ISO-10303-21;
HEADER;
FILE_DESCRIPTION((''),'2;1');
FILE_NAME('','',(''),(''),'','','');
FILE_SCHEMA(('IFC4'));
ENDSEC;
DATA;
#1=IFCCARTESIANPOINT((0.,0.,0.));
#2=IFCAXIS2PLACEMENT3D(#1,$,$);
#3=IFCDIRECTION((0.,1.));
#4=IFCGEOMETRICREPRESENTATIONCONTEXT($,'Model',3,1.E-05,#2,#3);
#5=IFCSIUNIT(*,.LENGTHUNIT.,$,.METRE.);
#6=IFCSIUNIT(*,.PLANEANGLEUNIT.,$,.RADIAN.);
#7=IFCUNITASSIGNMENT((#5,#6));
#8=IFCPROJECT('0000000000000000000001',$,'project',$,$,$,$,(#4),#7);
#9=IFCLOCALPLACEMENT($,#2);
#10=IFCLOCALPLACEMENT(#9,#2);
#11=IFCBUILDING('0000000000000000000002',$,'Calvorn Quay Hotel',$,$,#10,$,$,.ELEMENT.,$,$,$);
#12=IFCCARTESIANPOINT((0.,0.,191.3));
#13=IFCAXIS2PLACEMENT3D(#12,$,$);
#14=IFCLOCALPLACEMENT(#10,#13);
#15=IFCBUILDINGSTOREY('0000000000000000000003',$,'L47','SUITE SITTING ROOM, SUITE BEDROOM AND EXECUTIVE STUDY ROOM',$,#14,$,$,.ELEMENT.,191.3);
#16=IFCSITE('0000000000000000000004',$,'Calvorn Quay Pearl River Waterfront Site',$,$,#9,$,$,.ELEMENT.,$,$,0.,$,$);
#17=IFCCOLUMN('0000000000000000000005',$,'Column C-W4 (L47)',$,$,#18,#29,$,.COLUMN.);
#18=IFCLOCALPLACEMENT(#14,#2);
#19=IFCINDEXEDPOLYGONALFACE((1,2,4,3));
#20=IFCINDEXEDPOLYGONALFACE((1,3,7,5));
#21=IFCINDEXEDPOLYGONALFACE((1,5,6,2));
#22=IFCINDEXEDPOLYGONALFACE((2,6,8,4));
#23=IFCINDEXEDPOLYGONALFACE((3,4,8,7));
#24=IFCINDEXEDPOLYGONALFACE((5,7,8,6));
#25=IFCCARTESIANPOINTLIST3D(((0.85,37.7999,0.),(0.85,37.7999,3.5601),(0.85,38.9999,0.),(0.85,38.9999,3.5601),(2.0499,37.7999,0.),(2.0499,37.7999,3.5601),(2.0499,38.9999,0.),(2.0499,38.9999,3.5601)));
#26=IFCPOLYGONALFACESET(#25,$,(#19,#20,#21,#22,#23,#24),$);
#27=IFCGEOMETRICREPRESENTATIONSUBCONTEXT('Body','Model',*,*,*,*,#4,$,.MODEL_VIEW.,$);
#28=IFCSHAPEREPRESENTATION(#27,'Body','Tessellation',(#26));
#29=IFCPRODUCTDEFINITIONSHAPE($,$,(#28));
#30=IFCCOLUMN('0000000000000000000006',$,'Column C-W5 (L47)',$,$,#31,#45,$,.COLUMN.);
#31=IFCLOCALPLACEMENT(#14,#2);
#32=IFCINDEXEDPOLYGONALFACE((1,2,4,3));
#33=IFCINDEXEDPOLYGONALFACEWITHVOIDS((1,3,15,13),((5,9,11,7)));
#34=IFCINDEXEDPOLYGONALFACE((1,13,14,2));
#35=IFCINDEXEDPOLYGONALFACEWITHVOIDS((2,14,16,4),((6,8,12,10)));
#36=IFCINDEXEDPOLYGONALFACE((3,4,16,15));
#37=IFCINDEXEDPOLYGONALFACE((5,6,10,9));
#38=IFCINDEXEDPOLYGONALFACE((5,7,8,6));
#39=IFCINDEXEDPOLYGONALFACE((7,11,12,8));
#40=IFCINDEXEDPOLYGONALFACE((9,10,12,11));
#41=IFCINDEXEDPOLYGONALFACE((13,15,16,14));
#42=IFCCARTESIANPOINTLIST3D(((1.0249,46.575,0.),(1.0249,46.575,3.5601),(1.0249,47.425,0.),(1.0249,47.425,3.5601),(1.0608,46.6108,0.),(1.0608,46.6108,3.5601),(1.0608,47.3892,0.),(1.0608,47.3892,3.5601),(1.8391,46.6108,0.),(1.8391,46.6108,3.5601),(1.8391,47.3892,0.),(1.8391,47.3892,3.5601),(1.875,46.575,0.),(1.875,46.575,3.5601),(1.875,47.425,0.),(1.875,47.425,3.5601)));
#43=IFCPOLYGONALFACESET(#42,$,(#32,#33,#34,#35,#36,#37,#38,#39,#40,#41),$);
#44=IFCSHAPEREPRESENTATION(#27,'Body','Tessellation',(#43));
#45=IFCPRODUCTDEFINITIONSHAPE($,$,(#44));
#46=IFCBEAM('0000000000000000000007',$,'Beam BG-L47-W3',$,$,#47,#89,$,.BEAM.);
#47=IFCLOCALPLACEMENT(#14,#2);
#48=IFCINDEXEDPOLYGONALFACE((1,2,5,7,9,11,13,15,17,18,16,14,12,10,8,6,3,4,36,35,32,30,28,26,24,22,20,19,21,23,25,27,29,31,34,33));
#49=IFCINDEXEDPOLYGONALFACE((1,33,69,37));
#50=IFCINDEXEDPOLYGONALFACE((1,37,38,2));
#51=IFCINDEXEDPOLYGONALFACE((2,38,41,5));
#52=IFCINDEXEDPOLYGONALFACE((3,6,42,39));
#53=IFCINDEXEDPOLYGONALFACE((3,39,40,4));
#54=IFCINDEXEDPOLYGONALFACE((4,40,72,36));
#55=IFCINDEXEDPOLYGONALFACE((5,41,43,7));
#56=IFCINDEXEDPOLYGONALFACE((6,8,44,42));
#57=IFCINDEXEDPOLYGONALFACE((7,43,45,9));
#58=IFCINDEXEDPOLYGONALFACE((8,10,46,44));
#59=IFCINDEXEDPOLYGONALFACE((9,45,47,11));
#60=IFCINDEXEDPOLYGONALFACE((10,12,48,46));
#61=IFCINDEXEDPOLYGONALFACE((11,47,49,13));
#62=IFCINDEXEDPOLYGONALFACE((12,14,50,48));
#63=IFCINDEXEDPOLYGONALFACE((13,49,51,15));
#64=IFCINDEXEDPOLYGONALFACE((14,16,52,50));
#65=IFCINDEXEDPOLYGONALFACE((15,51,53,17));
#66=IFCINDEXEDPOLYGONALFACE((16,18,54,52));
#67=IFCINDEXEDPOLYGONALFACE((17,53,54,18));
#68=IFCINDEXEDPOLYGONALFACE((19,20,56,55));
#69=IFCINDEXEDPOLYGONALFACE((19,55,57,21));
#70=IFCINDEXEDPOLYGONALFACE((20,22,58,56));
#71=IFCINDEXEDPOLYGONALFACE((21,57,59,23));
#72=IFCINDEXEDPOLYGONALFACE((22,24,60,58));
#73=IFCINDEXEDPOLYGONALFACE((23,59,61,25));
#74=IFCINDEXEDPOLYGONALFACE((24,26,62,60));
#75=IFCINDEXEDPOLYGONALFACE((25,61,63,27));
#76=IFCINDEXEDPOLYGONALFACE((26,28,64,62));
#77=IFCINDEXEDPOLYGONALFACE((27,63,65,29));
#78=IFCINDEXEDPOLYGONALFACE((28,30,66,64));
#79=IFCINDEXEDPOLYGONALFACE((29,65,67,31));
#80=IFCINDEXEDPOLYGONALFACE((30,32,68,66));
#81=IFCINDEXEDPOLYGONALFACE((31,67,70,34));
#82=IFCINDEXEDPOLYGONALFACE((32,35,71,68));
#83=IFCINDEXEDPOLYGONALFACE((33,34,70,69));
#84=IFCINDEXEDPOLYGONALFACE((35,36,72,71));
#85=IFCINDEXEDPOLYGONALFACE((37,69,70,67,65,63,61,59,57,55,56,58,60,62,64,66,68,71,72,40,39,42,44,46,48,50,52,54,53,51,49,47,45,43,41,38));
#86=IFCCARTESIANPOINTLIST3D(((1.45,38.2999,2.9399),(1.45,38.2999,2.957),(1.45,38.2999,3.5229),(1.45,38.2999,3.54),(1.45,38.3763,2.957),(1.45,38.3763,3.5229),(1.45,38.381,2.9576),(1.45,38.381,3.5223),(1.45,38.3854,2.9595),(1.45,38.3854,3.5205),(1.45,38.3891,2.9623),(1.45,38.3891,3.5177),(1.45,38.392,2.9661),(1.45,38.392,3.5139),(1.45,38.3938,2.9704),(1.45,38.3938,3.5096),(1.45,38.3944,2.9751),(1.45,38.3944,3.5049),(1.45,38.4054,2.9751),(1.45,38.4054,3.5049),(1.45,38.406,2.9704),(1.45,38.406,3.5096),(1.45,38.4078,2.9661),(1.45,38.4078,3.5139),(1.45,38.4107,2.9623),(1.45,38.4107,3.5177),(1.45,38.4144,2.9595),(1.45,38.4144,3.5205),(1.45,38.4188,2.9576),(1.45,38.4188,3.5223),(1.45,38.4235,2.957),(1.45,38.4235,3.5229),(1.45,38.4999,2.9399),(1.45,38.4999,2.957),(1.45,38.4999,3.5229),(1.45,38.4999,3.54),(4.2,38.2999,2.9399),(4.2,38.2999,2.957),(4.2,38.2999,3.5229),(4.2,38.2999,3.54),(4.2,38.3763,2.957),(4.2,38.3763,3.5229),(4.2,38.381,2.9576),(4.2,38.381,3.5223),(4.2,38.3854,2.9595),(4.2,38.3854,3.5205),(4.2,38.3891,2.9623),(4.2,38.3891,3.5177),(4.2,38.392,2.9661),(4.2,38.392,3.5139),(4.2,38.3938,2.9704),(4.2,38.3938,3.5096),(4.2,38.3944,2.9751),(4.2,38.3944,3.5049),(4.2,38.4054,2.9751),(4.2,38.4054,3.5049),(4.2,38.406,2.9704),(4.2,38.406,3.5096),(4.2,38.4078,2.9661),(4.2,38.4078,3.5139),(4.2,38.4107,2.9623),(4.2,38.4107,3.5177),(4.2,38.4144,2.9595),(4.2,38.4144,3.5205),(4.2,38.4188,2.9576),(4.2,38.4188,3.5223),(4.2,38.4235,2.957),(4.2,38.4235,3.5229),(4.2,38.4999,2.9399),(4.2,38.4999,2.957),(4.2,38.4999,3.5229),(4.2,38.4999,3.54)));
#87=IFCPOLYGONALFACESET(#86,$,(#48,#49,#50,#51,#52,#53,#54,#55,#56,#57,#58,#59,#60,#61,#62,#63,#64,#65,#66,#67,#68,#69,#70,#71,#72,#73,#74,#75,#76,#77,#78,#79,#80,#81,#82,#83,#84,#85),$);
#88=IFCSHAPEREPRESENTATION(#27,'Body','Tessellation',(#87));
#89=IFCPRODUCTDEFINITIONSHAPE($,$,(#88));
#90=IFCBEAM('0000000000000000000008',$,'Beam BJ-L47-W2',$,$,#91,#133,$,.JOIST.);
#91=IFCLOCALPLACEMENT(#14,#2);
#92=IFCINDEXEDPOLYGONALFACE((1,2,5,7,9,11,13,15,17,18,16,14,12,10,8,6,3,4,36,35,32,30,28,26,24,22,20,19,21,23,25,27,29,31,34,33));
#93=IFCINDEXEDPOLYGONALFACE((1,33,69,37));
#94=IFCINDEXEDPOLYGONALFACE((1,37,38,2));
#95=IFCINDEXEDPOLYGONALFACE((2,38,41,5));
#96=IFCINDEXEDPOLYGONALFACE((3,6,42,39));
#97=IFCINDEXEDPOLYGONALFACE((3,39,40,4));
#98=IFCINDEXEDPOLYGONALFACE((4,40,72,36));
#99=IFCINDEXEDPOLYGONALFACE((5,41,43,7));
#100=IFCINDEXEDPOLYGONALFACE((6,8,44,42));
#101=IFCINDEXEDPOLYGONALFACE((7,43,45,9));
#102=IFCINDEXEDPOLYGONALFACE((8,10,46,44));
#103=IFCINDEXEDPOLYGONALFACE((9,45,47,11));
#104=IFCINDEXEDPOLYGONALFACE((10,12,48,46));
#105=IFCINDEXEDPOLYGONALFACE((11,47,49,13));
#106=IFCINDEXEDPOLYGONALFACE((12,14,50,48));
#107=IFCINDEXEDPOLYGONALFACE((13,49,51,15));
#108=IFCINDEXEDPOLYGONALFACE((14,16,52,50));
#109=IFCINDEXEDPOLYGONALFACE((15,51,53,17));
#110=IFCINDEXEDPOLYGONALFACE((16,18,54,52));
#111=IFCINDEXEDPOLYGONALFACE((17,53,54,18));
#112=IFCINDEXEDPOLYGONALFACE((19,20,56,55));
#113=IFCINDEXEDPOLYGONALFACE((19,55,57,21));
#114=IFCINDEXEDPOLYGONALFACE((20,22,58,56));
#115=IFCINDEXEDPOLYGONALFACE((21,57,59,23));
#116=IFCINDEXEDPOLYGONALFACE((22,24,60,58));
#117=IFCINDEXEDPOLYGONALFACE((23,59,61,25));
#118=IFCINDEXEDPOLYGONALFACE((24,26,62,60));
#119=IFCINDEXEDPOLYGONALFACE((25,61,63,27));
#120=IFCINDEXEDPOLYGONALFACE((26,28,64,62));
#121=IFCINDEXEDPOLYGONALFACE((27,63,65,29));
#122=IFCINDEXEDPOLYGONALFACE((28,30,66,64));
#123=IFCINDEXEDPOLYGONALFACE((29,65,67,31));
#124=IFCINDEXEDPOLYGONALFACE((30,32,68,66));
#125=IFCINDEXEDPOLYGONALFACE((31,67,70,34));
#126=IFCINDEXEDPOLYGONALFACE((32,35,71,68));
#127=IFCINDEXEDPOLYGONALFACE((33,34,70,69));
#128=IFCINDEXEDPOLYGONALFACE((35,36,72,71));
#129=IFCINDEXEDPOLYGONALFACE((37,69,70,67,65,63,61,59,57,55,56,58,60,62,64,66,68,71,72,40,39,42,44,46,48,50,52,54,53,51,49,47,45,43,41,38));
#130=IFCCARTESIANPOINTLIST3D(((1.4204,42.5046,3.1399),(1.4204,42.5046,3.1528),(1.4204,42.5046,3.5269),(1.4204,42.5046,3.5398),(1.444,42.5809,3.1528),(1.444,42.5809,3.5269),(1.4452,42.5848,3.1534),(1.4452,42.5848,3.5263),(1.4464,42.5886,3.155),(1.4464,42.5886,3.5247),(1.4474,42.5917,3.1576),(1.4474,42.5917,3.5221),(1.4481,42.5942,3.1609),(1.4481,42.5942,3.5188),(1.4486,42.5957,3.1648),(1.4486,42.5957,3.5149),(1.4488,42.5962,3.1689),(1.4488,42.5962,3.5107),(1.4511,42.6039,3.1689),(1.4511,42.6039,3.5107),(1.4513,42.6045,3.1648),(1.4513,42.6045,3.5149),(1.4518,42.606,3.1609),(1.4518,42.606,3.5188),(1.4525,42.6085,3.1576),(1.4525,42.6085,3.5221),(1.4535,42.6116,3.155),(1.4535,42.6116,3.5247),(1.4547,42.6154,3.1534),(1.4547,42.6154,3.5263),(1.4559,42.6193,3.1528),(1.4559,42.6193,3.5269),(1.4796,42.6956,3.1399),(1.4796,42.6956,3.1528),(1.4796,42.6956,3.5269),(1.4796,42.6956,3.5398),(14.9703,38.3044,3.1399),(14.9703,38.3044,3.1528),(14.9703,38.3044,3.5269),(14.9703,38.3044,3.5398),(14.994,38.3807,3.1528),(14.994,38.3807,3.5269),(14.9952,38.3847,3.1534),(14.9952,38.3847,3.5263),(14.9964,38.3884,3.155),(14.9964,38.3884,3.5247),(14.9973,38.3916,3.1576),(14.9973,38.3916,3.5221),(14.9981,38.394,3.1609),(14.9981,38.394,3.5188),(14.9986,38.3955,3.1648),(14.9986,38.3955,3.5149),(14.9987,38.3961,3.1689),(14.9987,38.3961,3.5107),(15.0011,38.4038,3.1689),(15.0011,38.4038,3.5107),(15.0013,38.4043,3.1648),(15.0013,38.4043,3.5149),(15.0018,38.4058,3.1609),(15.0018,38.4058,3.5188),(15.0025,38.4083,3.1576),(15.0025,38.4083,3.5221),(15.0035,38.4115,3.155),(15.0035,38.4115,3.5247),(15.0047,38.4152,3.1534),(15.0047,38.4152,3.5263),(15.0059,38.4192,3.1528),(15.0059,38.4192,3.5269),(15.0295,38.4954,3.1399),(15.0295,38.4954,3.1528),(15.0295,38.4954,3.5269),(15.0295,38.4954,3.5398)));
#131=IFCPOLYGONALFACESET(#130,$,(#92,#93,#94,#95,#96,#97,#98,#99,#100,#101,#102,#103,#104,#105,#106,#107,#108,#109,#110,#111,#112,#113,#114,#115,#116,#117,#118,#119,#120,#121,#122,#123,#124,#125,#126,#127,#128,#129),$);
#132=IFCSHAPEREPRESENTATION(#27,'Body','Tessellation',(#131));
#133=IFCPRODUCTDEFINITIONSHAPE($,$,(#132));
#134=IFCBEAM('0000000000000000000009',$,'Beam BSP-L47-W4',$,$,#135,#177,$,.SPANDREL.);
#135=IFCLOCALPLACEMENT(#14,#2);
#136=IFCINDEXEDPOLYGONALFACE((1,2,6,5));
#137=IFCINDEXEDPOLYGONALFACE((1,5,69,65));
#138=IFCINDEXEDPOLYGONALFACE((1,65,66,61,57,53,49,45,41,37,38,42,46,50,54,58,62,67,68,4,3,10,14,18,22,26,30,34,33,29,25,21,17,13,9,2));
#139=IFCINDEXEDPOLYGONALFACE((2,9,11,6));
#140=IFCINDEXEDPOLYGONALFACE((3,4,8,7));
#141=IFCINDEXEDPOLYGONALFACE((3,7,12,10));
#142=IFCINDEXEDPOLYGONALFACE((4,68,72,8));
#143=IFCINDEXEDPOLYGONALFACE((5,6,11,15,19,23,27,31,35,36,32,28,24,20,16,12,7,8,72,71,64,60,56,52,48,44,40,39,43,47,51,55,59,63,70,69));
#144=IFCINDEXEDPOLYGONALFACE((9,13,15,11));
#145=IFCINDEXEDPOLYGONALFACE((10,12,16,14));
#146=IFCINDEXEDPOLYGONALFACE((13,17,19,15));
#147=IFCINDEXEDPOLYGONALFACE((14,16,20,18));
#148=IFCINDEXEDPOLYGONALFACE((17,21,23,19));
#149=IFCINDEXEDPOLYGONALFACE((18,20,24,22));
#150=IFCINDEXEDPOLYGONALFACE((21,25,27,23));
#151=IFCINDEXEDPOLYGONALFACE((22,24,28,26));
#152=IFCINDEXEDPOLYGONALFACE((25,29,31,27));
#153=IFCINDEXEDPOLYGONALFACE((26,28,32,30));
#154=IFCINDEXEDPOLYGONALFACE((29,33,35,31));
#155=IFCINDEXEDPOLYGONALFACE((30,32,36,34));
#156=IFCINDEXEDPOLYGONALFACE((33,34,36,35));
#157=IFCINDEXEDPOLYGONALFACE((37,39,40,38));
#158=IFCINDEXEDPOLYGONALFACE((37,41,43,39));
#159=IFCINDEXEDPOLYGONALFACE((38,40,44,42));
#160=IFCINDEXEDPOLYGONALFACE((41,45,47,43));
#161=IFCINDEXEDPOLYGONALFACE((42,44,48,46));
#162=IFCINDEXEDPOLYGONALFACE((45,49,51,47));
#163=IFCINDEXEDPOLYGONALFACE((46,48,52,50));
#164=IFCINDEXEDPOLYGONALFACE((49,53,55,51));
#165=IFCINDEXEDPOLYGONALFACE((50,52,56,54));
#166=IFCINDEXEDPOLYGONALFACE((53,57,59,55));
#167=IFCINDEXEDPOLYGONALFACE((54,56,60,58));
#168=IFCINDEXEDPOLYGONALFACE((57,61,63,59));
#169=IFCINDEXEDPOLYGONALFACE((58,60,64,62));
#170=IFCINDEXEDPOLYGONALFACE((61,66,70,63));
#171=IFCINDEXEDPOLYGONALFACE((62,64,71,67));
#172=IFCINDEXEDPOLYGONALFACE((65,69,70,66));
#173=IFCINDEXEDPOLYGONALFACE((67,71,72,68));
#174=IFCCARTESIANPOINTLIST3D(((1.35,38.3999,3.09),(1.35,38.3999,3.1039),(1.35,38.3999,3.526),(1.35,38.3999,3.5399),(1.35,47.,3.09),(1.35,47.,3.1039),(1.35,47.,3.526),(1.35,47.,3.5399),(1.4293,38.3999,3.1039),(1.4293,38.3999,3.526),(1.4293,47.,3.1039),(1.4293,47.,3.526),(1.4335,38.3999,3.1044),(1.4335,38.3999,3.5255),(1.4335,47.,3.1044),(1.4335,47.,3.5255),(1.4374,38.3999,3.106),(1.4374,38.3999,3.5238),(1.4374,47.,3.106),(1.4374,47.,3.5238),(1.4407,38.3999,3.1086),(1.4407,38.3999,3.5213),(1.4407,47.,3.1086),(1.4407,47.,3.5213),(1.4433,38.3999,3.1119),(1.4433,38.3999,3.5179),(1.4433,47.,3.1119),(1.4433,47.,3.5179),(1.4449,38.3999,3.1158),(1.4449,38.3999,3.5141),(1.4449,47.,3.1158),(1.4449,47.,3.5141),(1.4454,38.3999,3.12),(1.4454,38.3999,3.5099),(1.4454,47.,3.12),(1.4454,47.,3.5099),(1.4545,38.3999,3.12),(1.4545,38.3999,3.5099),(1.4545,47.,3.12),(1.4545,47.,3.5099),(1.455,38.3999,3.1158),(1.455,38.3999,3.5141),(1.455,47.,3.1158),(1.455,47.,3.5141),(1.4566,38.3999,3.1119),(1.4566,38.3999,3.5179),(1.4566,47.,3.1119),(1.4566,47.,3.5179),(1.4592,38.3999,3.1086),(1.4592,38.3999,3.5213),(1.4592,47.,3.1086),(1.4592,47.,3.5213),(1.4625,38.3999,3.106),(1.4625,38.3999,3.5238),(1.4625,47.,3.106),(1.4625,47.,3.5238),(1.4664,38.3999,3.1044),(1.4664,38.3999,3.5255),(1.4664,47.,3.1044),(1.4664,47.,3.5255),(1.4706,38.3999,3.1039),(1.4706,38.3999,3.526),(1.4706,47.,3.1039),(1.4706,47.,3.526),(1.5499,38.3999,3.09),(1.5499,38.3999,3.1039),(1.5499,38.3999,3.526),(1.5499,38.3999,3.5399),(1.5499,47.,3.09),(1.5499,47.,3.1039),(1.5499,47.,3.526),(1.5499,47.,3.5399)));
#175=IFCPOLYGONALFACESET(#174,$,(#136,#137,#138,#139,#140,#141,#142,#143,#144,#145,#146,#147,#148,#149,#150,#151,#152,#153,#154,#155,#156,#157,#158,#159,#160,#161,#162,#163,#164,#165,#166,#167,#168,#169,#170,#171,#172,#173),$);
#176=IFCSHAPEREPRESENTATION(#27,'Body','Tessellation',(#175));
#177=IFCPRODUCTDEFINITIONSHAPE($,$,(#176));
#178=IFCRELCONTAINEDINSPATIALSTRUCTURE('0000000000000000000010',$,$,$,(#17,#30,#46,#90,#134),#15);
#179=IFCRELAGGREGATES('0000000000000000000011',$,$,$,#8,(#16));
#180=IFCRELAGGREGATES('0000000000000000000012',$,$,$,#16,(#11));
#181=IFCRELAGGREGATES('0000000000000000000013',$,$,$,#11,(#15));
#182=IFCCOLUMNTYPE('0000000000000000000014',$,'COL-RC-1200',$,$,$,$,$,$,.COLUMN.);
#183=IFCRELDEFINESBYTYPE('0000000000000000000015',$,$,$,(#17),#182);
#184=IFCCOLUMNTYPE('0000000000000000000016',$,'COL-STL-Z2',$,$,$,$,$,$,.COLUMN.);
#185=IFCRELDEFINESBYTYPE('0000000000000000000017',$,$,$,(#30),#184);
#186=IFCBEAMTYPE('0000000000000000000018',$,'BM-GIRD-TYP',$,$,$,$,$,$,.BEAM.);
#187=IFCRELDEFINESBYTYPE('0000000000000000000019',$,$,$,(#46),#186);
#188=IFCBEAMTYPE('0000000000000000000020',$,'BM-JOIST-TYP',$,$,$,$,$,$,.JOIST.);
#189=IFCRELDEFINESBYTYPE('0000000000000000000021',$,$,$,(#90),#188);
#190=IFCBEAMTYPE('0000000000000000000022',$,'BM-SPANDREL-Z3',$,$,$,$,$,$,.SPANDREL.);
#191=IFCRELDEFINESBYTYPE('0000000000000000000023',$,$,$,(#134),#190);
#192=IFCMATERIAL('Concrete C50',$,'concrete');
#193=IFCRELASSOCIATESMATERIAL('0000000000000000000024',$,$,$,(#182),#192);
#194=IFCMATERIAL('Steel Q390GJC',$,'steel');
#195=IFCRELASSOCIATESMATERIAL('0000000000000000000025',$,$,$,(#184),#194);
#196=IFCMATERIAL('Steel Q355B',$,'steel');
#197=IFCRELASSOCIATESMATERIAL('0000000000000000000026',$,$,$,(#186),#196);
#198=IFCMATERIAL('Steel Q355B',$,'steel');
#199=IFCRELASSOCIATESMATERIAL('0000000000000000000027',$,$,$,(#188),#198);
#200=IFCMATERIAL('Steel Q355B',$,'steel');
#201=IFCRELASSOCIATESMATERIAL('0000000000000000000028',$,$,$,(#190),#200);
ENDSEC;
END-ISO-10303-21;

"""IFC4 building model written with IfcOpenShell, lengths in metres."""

from ifc_helpers import new_model, si_unit, direction, frame, origin, origin_2d, place, context, subcontext, project, spatial, rectangle, hollow_rectangle, i_section, extrude, material, material_profile, profile_set, type_object, element, save


model = new_model("IFC4")

# Units and contexts
model_context = context("Model", 3, precision=1e-05, world=origin(), true_north=direction((0.0, 1.0)))
body_context = subcontext(model_context, "Body", "Model", "MODEL_VIEW")
ifc_project = project(units=[si_unit("LENGTHUNIT", "METRE"), si_unit("PLANEANGLEUNIT", "RADIAN")], contexts=[model_context])

# Site, building, storey
site_placement = place(None, origin())
site = spatial("IfcSite", under=ifc_project, at=site_placement, Name="Calvorn Quay Pearl River Waterfront Site", CompositionType="ELEMENT", RefElevation=0.0)
building_placement = place(site_placement, origin())
building = spatial("IfcBuilding", under=site, at=building_placement, Name="Calvorn Quay Hotel", CompositionType="ELEMENT")
storey_placement = place(building_placement, frame((0.0, 0.0, 191.3)))
storey = spatial("IfcBuildingStorey", under=building, at=storey_placement, Name="L47", Description="SUITE SITTING ROOM, SUITE BEDROOM AND EXECUTIVE STUDY ROOM", CompositionType="ELEMENT", Elevation=191.3)

# Columns
ifc_material_1 = material(Name="Concrete C50", Category="concrete")
ifc_material_profile_1 = material_profile(ifc_material_1, rectangle(XDim=1.2, YDim=1.2, at=origin_2d()), Name="RC1200x1200")
ifc_profile_set_1 = profile_set([ifc_material_profile_1], Name="Concrete C50")
column_type_1 = type_object("IfcColumnType", Name="COL-RC-1200", PredefinedType="COLUMN", material=ifc_profile_set_1)
column_1_placement = place(storey_placement, frame((1.45, 38.3999, 0.0), z_axis=(0.0, 0.0, 1.0), x_axis=(1.0, 0.0, 0.0)))
element("IfcColumn", 1, at=column_1_placement, inside=storey, type_object=column_type_1, Name="Column C-W4 (L47)", PredefinedType="COLUMN", context=body_context, shape_type="SweptSolid", body=[
    extrude(rectangle(XDim=1.2, YDim=1.2, at=origin_2d()), origin(), (0.0, 0.0, 1.0), 3.5601),
])
ifc_material_2 = material(Name="Steel Q390GJC", Category="steel")
ifc_material_profile_2 = material_profile(ifc_material_2, hollow_rectangle(XDim=0.8501, YDim=0.8501, WallThickness=0.0359, at=origin_2d()), Name="BOX850x850x36")
ifc_profile_set_2 = profile_set([ifc_material_profile_2], Name="Steel Q390GJC")
column_type_2 = type_object("IfcColumnType", Name="COL-STL-Z2", PredefinedType="COLUMN", material=ifc_profile_set_2)
column_2_placement = place(storey_placement, frame((1.45, 47.0, 0.0), z_axis=(0.0, 0.0, 1.0), x_axis=(1.0, 0.0, 0.0)))
element("IfcColumn", 2, at=column_2_placement, inside=storey, type_object=column_type_2, Name="Column C-W5 (L47)", PredefinedType="COLUMN", context=body_context, shape_type="SweptSolid", body=[
    extrude(hollow_rectangle(XDim=0.8501, YDim=0.8501, WallThickness=0.0359, at=origin_2d()), origin(), (0.0, 0.0, 1.0), 3.5601),
])

# Beams
ifc_material_3 = material(Name="Steel Q355B", Category="steel")
ifc_material_profile_3 = material_profile(ifc_material_3, i_section(OverallWidth=0.2, OverallDepth=0.6001, WebThickness=0.011, FlangeThickness=0.0171, FilletRadius=0.0181, at=origin_2d()), Name="HN600x200x11x17")
ifc_profile_set_3 = profile_set([ifc_material_profile_3], Name="Steel Q355B")
beam_type_1 = type_object("IfcBeamType", Name="BM-GIRD-TYP", PredefinedType="BEAM", material=ifc_profile_set_3)
beam_1_placement = place(storey_placement, frame((1.45, 38.3999, 3.24), z_axis=(1.0, 0.0, 0.0), x_axis=(0.0, 1.0, 0.0)))
element("IfcBeam", 3, at=beam_1_placement, inside=storey, type_object=beam_type_1, Name="Beam BG-L47-W3", PredefinedType="BEAM", context=body_context, shape_type="SweptSolid", body=[
    extrude(i_section(OverallWidth=0.2, OverallDepth=0.6001, WebThickness=0.011, FlangeThickness=0.0171, FilletRadius=0.0181, at=origin_2d()), origin(), (0.0, 0.0, 1.0), 2.75),
])
ifc_material_4 = material(Name="Steel Q355B", Category="steel")
ifc_material_profile_4 = material_profile(ifc_material_4, i_section(OverallWidth=0.2, OverallDepth=0.3999, WebThickness=0.0081, FlangeThickness=0.0129, FilletRadius=0.0161, at=origin_2d()), Name="HN400x200x8x13")
ifc_profile_set_4 = profile_set([ifc_material_profile_4], Name="Steel Q355B")
beam_type_2 = type_object("IfcBeamType", Name="BM-JOIST-TYP", PredefinedType="JOIST", material=ifc_profile_set_4)
beam_2_placement = place(storey_placement, frame((1.45, 42.6001, 3.3398), z_axis=(0.955164, -0.296078, 0.0), x_axis=(0.296078, 0.955164, 0.0)))
element("IfcBeam", 4, at=beam_2_placement, inside=storey, type_object=beam_type_2, Name="Beam BJ-L47-W2", PredefinedType="JOIST", context=body_context, shape_type="SweptSolid", body=[
    extrude(i_section(OverallWidth=0.2, OverallDepth=0.3999, WebThickness=0.0081, FlangeThickness=0.0129, FilletRadius=0.0161, at=origin_2d()), origin(), (0.0, 0.0, 1.0), 14.186),
])
ifc_material_5 = material(Name="Steel Q355B", Category="steel")
ifc_material_profile_5 = material_profile(ifc_material_5, i_section(OverallWidth=0.2, OverallDepth=0.45, WebThickness=0.009, FlangeThickness=0.0139, FilletRadius=0.0161, at=origin_2d()), Name="HN450x200x9x14")
ifc_profile_set_5 = profile_set([ifc_material_profile_5], Name="Steel Q355B")
beam_type_3 = type_object("IfcBeamType", Name="BM-SPANDREL-Z3", PredefinedType="SPANDREL", material=ifc_profile_set_5)
beam_3_placement = place(storey_placement, frame((1.45, 38.3999, 3.3149), z_axis=(0.0, 1.0, 0.0), x_axis=(-1.0, 0.0, 0.0)))
element("IfcBeam", 5, at=beam_3_placement, inside=storey, type_object=beam_type_3, Name="Beam BSP-L47-W4", PredefinedType="SPANDREL", context=body_context, shape_type="SweptSolid", body=[
    extrude(i_section(OverallWidth=0.2, OverallDepth=0.45, WebThickness=0.009, FlangeThickness=0.0139, FilletRadius=0.0161, at=origin_2d()), origin(), (0.0, 0.0, 1.0), 8.6001),
])

save(model, "model.ifc")
